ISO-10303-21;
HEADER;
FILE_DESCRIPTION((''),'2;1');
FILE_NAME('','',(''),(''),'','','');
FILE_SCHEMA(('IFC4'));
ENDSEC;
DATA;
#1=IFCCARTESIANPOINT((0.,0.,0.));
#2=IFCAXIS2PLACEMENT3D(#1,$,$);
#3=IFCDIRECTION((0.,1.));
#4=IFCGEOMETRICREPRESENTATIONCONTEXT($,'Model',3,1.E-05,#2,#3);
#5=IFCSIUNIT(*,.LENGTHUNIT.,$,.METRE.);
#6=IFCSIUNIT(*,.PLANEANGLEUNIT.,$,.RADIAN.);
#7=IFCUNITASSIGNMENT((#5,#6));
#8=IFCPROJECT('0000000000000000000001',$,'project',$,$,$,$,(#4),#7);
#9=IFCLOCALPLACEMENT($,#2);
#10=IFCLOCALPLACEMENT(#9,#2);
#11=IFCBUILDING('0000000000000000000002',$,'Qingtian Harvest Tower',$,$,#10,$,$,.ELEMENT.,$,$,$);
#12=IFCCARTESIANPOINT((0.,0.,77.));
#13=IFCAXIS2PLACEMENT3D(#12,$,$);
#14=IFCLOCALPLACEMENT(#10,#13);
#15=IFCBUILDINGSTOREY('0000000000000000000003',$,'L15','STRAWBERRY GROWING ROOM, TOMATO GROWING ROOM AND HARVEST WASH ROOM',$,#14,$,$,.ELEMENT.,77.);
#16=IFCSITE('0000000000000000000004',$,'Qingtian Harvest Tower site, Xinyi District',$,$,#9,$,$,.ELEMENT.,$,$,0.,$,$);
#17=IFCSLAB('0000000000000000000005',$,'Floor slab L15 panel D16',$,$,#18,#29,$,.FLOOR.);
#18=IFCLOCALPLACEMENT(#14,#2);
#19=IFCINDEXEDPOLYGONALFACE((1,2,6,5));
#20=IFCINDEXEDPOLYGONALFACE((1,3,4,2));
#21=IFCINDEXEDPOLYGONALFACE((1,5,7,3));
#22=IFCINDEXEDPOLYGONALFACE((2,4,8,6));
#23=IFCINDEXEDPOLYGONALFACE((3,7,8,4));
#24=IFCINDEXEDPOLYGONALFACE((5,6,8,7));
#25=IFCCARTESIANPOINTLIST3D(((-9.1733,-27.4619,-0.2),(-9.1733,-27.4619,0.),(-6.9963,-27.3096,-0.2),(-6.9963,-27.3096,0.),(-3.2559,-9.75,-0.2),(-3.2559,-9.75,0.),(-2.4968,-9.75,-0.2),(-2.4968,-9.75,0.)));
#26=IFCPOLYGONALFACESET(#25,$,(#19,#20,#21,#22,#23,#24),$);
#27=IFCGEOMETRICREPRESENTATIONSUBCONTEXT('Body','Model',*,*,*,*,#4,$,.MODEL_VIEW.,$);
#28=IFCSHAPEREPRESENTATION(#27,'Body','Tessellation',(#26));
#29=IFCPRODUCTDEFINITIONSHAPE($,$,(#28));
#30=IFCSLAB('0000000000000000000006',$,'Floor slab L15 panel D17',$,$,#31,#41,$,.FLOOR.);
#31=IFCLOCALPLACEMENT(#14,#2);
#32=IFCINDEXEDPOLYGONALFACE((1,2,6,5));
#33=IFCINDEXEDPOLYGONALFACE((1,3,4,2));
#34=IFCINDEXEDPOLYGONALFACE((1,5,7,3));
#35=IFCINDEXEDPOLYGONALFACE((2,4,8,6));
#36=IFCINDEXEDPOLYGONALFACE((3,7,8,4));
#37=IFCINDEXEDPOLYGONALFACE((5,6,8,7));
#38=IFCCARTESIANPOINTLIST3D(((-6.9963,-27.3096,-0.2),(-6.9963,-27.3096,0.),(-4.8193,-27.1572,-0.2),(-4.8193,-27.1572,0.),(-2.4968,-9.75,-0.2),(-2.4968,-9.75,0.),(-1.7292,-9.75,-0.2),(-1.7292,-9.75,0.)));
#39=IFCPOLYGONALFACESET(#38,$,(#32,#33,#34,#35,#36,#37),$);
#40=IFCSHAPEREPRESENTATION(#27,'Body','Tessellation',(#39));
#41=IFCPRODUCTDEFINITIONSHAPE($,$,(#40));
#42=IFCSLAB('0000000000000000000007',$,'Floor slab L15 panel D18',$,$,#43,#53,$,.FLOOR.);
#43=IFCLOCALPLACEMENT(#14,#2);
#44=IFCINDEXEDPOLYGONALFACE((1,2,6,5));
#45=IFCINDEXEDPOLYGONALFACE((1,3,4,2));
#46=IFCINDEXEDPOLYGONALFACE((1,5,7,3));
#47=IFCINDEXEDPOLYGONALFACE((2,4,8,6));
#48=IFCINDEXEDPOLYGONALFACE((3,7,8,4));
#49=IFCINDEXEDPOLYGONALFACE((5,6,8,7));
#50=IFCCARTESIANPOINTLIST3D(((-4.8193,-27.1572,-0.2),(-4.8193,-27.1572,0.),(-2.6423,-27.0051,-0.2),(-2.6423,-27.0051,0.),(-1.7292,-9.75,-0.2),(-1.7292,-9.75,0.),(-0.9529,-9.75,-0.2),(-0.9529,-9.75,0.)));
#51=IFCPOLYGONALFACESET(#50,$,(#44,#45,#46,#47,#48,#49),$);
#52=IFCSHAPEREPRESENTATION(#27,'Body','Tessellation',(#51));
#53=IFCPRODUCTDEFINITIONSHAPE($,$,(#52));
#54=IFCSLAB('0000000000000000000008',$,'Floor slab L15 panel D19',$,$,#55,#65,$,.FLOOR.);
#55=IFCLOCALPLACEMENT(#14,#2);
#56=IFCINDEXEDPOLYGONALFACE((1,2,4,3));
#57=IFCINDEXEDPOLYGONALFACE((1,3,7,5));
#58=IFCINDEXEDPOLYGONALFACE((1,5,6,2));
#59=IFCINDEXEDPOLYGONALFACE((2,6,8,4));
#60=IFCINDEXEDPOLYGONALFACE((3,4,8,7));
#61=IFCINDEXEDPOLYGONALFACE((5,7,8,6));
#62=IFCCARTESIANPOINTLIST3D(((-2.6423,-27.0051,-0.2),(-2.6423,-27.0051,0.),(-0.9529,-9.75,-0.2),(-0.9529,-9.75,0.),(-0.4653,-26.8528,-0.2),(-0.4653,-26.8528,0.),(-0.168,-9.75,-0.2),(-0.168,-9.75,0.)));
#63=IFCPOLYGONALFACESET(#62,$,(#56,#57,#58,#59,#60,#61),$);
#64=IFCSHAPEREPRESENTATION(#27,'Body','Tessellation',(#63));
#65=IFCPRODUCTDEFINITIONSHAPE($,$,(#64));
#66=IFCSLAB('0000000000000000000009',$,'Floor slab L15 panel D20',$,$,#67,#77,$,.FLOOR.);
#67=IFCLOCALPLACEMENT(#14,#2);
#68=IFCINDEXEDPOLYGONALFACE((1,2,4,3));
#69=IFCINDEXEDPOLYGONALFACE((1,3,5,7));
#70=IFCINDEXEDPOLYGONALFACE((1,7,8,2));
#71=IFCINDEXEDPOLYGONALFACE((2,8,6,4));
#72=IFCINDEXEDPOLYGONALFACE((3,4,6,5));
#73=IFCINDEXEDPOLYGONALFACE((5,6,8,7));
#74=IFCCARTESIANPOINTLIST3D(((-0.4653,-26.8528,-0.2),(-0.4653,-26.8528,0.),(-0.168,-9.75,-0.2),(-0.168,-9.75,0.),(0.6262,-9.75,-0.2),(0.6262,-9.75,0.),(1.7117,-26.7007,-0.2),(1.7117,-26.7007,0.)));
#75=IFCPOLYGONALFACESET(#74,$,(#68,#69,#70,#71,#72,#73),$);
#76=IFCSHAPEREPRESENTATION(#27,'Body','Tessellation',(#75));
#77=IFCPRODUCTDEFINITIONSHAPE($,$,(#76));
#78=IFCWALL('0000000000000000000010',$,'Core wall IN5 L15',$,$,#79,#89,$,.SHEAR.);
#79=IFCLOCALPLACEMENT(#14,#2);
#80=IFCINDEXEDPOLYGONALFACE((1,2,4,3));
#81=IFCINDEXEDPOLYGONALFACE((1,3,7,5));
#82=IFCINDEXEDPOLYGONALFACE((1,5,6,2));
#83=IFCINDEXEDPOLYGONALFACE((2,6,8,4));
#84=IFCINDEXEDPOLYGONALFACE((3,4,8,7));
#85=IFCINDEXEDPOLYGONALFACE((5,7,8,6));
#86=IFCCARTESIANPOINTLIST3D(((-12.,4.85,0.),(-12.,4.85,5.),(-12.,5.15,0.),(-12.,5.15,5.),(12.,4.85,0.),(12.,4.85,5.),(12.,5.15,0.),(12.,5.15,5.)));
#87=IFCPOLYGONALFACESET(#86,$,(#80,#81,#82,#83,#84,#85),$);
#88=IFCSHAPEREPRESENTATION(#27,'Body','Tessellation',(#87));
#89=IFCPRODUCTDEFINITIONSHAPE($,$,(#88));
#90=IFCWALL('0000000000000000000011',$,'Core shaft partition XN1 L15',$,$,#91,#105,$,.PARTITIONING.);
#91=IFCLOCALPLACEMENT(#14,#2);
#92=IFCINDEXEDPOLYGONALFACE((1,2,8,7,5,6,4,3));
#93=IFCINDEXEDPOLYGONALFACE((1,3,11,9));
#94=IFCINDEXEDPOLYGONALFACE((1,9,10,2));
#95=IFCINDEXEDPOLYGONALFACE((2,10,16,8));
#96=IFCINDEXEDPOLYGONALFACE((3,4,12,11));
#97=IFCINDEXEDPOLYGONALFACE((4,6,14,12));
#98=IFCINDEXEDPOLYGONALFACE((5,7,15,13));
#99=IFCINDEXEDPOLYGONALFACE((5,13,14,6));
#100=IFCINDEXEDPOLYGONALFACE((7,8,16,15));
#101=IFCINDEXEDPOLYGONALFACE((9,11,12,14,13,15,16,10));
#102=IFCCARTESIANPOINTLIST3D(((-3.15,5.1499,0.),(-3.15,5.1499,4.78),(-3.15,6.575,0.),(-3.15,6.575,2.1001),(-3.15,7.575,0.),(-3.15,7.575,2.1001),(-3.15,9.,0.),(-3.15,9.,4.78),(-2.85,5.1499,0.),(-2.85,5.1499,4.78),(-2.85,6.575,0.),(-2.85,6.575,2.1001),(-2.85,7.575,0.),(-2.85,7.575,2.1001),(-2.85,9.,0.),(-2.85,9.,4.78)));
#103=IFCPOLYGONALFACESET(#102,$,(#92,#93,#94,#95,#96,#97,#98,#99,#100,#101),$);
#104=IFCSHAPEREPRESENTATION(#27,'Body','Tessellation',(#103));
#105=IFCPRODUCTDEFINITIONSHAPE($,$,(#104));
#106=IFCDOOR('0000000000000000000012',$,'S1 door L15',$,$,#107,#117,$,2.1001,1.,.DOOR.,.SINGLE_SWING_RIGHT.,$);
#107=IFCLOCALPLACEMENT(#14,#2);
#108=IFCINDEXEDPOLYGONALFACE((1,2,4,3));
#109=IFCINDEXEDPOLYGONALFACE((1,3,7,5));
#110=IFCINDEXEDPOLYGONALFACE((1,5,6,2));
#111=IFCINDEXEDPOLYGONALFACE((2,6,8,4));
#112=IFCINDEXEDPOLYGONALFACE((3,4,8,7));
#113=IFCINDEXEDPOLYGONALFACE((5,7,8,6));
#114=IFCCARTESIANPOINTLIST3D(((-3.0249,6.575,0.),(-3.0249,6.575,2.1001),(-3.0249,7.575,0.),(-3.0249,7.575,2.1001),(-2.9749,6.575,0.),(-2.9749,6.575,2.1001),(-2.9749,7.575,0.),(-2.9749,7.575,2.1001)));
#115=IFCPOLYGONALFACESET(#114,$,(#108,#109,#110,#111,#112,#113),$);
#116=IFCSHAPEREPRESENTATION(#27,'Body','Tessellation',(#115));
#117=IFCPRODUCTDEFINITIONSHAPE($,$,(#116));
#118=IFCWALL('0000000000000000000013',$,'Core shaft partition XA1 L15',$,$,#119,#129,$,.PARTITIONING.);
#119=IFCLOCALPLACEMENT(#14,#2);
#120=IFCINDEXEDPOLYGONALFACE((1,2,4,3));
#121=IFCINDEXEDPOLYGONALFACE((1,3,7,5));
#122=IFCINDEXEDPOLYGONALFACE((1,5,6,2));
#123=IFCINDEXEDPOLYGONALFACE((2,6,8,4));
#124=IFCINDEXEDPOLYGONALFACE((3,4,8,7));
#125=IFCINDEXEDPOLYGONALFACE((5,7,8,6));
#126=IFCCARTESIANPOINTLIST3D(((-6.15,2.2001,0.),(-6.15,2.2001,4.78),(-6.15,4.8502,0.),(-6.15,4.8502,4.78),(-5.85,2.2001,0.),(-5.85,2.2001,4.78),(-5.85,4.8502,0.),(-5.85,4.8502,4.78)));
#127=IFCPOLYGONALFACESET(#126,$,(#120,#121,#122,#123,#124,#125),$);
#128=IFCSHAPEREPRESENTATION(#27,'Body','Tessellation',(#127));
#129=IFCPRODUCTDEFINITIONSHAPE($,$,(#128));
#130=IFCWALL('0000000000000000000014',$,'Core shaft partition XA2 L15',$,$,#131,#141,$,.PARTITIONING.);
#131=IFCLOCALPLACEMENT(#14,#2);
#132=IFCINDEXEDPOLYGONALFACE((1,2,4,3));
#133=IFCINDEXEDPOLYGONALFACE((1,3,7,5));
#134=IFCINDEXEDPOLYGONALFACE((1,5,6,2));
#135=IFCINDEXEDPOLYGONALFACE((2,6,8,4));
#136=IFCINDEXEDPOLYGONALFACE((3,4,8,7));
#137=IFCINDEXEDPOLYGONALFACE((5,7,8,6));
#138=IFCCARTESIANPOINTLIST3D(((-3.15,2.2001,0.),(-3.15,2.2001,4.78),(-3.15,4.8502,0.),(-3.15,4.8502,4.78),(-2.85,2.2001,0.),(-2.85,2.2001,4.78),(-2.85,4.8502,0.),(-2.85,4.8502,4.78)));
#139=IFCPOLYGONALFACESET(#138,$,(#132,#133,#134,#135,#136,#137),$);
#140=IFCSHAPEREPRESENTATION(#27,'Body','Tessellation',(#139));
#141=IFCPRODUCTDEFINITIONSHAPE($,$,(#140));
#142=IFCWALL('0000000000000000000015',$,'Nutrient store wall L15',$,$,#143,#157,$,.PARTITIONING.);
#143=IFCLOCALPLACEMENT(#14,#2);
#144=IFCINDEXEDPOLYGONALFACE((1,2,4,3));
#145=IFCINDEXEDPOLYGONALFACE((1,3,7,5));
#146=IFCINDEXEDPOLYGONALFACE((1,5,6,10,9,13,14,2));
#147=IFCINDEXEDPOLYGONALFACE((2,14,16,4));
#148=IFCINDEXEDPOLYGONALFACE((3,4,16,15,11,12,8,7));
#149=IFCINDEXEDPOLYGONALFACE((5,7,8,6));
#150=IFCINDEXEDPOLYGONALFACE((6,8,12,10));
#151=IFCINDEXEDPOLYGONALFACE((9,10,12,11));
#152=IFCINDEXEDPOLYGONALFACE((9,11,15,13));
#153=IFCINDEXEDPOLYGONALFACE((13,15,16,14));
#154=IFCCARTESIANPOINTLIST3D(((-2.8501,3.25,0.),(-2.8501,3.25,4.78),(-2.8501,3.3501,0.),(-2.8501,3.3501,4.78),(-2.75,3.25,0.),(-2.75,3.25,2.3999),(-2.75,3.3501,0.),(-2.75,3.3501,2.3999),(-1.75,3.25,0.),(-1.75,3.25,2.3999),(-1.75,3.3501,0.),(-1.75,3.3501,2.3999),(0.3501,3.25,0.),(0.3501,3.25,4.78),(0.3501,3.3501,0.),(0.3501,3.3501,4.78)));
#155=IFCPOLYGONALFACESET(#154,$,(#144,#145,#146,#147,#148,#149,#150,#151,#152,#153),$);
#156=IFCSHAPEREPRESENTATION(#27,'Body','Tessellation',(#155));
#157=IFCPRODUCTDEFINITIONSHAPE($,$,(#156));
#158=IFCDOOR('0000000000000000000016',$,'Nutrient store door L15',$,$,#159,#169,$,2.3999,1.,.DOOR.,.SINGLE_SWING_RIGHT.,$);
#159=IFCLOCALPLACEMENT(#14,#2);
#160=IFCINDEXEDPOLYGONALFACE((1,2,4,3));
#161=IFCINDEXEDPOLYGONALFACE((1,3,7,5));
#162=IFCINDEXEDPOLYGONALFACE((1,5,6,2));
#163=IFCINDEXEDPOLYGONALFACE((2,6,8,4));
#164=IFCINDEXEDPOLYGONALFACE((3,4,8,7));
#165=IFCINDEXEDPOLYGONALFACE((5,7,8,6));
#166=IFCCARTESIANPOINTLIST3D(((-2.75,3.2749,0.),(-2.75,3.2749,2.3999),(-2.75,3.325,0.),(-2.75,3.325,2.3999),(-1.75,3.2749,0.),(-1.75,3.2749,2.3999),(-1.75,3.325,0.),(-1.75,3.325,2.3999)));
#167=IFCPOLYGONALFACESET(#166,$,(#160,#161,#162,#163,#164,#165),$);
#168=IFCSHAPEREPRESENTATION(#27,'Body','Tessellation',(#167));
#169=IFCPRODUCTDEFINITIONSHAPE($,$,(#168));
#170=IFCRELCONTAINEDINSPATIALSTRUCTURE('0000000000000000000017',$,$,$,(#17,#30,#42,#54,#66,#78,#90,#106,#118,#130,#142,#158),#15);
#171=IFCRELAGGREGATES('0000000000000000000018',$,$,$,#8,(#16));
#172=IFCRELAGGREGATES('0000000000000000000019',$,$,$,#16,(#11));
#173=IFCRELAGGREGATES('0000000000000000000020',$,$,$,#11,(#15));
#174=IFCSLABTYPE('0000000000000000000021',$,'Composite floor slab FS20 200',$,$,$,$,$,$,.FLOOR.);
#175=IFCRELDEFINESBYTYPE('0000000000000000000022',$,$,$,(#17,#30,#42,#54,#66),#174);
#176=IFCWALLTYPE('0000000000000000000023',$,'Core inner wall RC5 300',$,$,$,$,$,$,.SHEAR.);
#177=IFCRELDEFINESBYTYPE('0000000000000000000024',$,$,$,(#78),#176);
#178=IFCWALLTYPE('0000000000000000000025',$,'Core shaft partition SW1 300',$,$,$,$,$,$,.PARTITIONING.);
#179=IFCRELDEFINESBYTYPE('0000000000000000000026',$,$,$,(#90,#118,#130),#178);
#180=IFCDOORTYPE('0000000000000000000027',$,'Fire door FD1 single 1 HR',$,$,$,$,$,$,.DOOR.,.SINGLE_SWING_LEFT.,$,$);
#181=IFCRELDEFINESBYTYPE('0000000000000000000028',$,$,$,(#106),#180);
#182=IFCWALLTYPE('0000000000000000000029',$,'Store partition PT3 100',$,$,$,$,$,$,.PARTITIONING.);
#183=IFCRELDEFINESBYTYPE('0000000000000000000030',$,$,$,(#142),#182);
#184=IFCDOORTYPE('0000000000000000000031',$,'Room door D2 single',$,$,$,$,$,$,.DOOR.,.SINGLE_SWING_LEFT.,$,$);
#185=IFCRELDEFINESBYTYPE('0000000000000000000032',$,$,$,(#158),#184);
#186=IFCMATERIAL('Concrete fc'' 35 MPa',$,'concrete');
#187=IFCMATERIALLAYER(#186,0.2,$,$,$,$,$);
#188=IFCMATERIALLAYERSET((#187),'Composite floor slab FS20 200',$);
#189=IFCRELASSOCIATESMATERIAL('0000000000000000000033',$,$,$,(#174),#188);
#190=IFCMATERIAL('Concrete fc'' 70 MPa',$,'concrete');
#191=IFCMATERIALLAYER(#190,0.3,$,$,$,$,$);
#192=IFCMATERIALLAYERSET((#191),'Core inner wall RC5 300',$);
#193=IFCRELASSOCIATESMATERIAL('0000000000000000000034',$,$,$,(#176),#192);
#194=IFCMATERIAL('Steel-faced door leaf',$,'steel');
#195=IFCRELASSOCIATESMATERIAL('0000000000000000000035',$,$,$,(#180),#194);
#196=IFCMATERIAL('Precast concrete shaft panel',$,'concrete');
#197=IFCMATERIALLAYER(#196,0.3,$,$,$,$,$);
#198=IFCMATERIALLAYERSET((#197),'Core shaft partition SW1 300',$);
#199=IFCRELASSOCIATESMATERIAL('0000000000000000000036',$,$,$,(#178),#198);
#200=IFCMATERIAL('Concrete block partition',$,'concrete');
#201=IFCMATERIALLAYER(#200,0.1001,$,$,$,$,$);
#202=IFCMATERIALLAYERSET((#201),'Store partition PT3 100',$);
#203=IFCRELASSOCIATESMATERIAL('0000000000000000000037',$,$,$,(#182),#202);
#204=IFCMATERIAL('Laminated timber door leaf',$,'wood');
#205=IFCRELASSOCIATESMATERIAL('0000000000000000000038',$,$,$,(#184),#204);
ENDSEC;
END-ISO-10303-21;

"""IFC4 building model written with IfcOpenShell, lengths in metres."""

from ifc_helpers import new_model, si_unit, direction, frame, frame_2d, origin, place, context, subcontext, project, spatial, polyline, rectangle, outline, extrude, material, layer, layer_set, type_object, element, fill, save


model = new_model("IFC4")

# Units and contexts
model_context = context("Model", 3, precision=1e-05, world=origin(), true_north=direction((0.0, 1.0)))
body_context = subcontext(model_context, "Body", "Model", "MODEL_VIEW")
ifc_project = project(units=[si_unit("LENGTHUNIT", "METRE"), si_unit("PLANEANGLEUNIT", "RADIAN")], contexts=[model_context])

# Site, building, storey
site_placement = place(None, origin())
site = spatial("IfcSite", under=ifc_project, at=site_placement, Name="Qingtian Harvest Tower site, Xinyi District", CompositionType="ELEMENT", RefElevation=0.0)
building_placement = place(site_placement, origin())
building = spatial("IfcBuilding", under=site, at=building_placement, Name="Qingtian Harvest Tower", CompositionType="ELEMENT")
storey_placement = place(building_placement, frame((0.0, 0.0, 77.0)))
storey = spatial("IfcBuildingStorey", under=building, at=storey_placement, Name="L15", Description="STRAWBERRY GROWING ROOM, TOMATO GROWING ROOM AND HARVEST WASH ROOM", CompositionType="ELEMENT", Elevation=77.0)

# Slabs
ifc_material_1 = material(Name="Concrete fc' 35 MPa", Category="concrete")
ifc_layer_1 = layer(ifc_material_1, 0.2)
ifc_layer_set_1 = layer_set([ifc_layer_1], Name="Composite floor slab FS20 200")
slab_type = type_object("IfcSlabType", Name="Composite floor slab FS20 200", PredefinedType="FLOOR", material=ifc_layer_set_1)
slab_1_placement = place(storey_placement, frame((0.0, 0.0, -0.2)))
element("IfcSlab", 1, at=slab_1_placement, inside=storey, type_object=slab_type, Name="Floor slab L15 panel D16", PredefinedType="FLOOR", context=body_context, shape_type="SweptSolid", body=[
    extrude(outline(polyline([(-2.4968, -9.75), (-6.9963, -27.3096), (-9.1733, -27.4619), (-3.2559, -9.75), (-2.4968, -9.75)])), origin(), (0.0, 0.0, 1.0), 0.2),
])
slab_2_placement = place(storey_placement, frame((0.0, 0.0, -0.2)))
element("IfcSlab", 2, at=slab_2_placement, inside=storey, type_object=slab_type, Name="Floor slab L15 panel D17", PredefinedType="FLOOR", context=body_context, shape_type="SweptSolid", body=[
    extrude(outline(polyline([(-1.7292, -9.75), (-4.8193, -27.1572), (-6.9963, -27.3096), (-2.4968, -9.75), (-1.7292, -9.75)])), origin(), (0.0, 0.0, 1.0), 0.2),
])
slab_3_placement = place(storey_placement, frame((0.0, 0.0, -0.2)))
element("IfcSlab", 3, at=slab_3_placement, inside=storey, type_object=slab_type, Name="Floor slab L15 panel D18", PredefinedType="FLOOR", context=body_context, shape_type="SweptSolid", body=[
    extrude(outline(polyline([(-0.9529, -9.75), (-2.6423, -27.0051), (-4.8193, -27.1572), (-1.7292, -9.75), (-0.9529, -9.75)])), origin(), (0.0, 0.0, 1.0), 0.2),
])
slab_4_placement = place(storey_placement, frame((0.0, 0.0, -0.2)))
element("IfcSlab", 4, at=slab_4_placement, inside=storey, type_object=slab_type, Name="Floor slab L15 panel D19", PredefinedType="FLOOR", context=body_context, shape_type="SweptSolid", body=[
    extrude(outline(polyline([(-0.168, -9.75), (-0.4653, -26.8528), (-2.6423, -27.0051), (-0.9529, -9.75), (-0.168, -9.75)])), origin(), (0.0, 0.0, 1.0), 0.2),
])
slab_5_placement = place(storey_placement, frame((0.0, 0.0, -0.2)))
element("IfcSlab", 5, at=slab_5_placement, inside=storey, type_object=slab_type, Name="Floor slab L15 panel D20", PredefinedType="FLOOR", context=body_context, shape_type="SweptSolid", body=[
    extrude(outline(polyline([(0.6262, -9.75), (1.7117, -26.7007), (-0.4653, -26.8528), (-0.168, -9.75), (0.6262, -9.75)])), origin(), (0.0, 0.0, 1.0), 0.2),
])

# Wall
ifc_material_2 = material(Name="Concrete fc' 70 MPa", Category="concrete")
ifc_layer_2 = layer(ifc_material_2, 0.3)
ifc_layer_set_2 = layer_set([ifc_layer_2], Name="Core inner wall RC5 300")
wall_type_1 = type_object("IfcWallType", Name="Core inner wall RC5 300", PredefinedType="SHEAR", material=ifc_layer_set_2)
wall_1_placement = place(storey_placement, frame((-12.0, 5.0, 0.0), z_axis=(0.0, 0.0, 1.0), x_axis=(1.0, 0.0, 0.0)))
element("IfcWall", 6, at=wall_1_placement, inside=storey, type_object=wall_type_1, Name="Core wall IN5 L15", PredefinedType="SHEAR", context=body_context, shape_type="SweptSolid", body=[
    extrude(rectangle(XDim=24.0, YDim=0.3, at=frame_2d((12.0, 0.0))), origin(), (0.0, 0.0, 1.0), 5.0),
])

# Shared definitions
ifc_material_3 = material(Name="Steel-faced door leaf", Category="steel")
door_type_1 = type_object("IfcDoorType", Name="Fire door FD1 single 1 HR", OperationType="SINGLE_SWING_LEFT", PredefinedType="DOOR", material=ifc_material_3)

# Wall, opening, door
ifc_material_4 = material(Name="Precast concrete shaft panel", Category="concrete")
ifc_layer_3 = layer(ifc_material_4, 0.3)
ifc_layer_set_3 = layer_set([ifc_layer_3], Name="Core shaft partition SW1 300")
wall_type_2 = type_object("IfcWallType", Name="Core shaft partition SW1 300", PredefinedType="PARTITIONING", material=ifc_layer_set_3)
wall_2_placement = place(storey_placement, frame((-3.0, 5.1499, 0.0), z_axis=(0.0, 0.0, 1.0), x_axis=(0.0, 1.0, 0.0)))
wall_2 = element("IfcWall", 7, at=wall_2_placement, inside=storey, type_object=wall_type_2, Name="Core shaft partition XN1 L15", PredefinedType="PARTITIONING", context=body_context, shape_type="SweptSolid", body=[
    extrude(rectangle(XDim=3.8501, YDim=0.3, at=frame_2d((1.925, 0.0))), origin(), (0.0, 0.0, 1.0), 4.78),
])
opening_1_placement = place(wall_2_placement, frame((1.425, 0.0, 0.0)))
opening_1 = element("IfcOpeningElement", 8, at=opening_1_placement, cuts=wall_2, PredefinedType="OPENING", context=body_context, shape_type="SweptSolid", body=[
    extrude(rectangle(XDim=1.0, YDim=2.1001, at=frame_2d((0.5, 1.05))), frame((0.0, 0.1599, 0.0), z_axis=(0.0, -1.0, 0.0), x_axis=(1.0, 0.0, 0.0)), (0.0, 0.0, 1.0), 0.3201),
])
door_1_placement = place(opening_1_placement, origin())
door_1 = element("IfcDoor", 9, at=door_1_placement, inside=storey, type_object=door_type_1, Name="S1 door L15", OperationType="SINGLE_SWING_RIGHT", OverallHeight=2.1001, OverallWidth=1.0, PredefinedType="DOOR", context=body_context, shape_type="SweptSolid", body=[
    extrude(rectangle(XDim=1.0, YDim=2.1001, at=frame_2d((0.5, 1.05))), frame((0.0, 0.0249, 0.0), z_axis=(0.0, -1.0, 0.0), x_axis=(1.0, 0.0, 0.0)), (0.0, 0.0, 1.0), 0.05),
])
fill(opening_1, door_1)

# Walls
for number, where, z_axis, x_axis, name in (
    (10, (-6.0, 2.2, 0.0), (0.0, 0.0, 1.0), (0.0, 1.0, 0.0), "Core shaft partition XA1 L15"),
    (11, (-3.0, 2.2, 0.0), (0.0, 0.0, 1.0), (0.0, 1.0, 0.0), "Core shaft partition XA2 L15"),
):
    element("IfcWall", number, at=place(storey_placement, frame(where, z_axis=z_axis, x_axis=x_axis)), inside=storey, type_object=wall_type_2, Name=name, PredefinedType="PARTITIONING", context=body_context, shape_type="SweptSolid", body=[
        extrude(rectangle(XDim=2.6501, YDim=0.3, at=frame_2d((1.3252, 0.0))), origin(), (0.0, 0.0, 1.0), 4.78),
    ])

# Wall, opening, door
ifc_material_5 = material(Name="Concrete block partition", Category="concrete")
ifc_layer_4 = layer(ifc_material_5, 0.1001)
ifc_layer_set_4 = layer_set([ifc_layer_4], Name="Store partition PT3 100")
wall_type_3 = type_object("IfcWallType", Name="Store partition PT3 100", PredefinedType="PARTITIONING", material=ifc_layer_set_4)
wall_3_placement = place(storey_placement, frame((-2.8501, 3.3, 0.0), z_axis=(0.0, 0.0, 1.0), x_axis=(1.0, 0.0, 0.0)))
wall_3 = element("IfcWall", 12, at=wall_3_placement, inside=storey, type_object=wall_type_3, Name="Nutrient store wall L15", PredefinedType="PARTITIONING", context=body_context, shape_type="SweptSolid", body=[
    extrude(rectangle(XDim=3.2002, YDim=0.1001, at=frame_2d((1.6001, 0.0))), origin(), (0.0, 0.0, 1.0), 4.78),
])
opening_2_placement = place(wall_3_placement, frame((0.1001, 0.0, 0.0)))
opening_2 = element("IfcOpeningElement", 13, at=opening_2_placement, cuts=wall_3, PredefinedType="OPENING", context=body_context, shape_type="SweptSolid", body=[
    extrude(rectangle(XDim=1.0, YDim=2.3999, at=frame_2d((0.5, 1.2))), frame((0.0, 0.0601, 0.0), z_axis=(0.0, -1.0, 0.0), x_axis=(1.0, 0.0, 0.0)), (0.0, 0.0, 1.0), 0.1201),
])
ifc_material_6 = material(Name="Laminated timber door leaf", Category="wood")
door_type_2 = type_object("IfcDoorType", Name="Room door D2 single", OperationType="SINGLE_SWING_LEFT", PredefinedType="DOOR", material=ifc_material_6)
door_2_placement = place(opening_2_placement, origin())
door_2 = element("IfcDoor", 14, at=door_2_placement, inside=storey, type_object=door_type_2, Name="Nutrient store door L15", OperationType="SINGLE_SWING_RIGHT", OverallHeight=2.3999, OverallWidth=1.0, PredefinedType="DOOR", context=body_context, shape_type="SweptSolid", body=[
    extrude(rectangle(XDim=1.0, YDim=2.3999, at=frame_2d((0.5, 1.2))), frame((0.0, 0.0249, 0.0), z_axis=(0.0, -1.0, 0.0), x_axis=(1.0, 0.0, 0.0)), (0.0, 0.0, 1.0), 0.05),
])
fill(opening_2, door_2)

save(model, "model.ifc")
